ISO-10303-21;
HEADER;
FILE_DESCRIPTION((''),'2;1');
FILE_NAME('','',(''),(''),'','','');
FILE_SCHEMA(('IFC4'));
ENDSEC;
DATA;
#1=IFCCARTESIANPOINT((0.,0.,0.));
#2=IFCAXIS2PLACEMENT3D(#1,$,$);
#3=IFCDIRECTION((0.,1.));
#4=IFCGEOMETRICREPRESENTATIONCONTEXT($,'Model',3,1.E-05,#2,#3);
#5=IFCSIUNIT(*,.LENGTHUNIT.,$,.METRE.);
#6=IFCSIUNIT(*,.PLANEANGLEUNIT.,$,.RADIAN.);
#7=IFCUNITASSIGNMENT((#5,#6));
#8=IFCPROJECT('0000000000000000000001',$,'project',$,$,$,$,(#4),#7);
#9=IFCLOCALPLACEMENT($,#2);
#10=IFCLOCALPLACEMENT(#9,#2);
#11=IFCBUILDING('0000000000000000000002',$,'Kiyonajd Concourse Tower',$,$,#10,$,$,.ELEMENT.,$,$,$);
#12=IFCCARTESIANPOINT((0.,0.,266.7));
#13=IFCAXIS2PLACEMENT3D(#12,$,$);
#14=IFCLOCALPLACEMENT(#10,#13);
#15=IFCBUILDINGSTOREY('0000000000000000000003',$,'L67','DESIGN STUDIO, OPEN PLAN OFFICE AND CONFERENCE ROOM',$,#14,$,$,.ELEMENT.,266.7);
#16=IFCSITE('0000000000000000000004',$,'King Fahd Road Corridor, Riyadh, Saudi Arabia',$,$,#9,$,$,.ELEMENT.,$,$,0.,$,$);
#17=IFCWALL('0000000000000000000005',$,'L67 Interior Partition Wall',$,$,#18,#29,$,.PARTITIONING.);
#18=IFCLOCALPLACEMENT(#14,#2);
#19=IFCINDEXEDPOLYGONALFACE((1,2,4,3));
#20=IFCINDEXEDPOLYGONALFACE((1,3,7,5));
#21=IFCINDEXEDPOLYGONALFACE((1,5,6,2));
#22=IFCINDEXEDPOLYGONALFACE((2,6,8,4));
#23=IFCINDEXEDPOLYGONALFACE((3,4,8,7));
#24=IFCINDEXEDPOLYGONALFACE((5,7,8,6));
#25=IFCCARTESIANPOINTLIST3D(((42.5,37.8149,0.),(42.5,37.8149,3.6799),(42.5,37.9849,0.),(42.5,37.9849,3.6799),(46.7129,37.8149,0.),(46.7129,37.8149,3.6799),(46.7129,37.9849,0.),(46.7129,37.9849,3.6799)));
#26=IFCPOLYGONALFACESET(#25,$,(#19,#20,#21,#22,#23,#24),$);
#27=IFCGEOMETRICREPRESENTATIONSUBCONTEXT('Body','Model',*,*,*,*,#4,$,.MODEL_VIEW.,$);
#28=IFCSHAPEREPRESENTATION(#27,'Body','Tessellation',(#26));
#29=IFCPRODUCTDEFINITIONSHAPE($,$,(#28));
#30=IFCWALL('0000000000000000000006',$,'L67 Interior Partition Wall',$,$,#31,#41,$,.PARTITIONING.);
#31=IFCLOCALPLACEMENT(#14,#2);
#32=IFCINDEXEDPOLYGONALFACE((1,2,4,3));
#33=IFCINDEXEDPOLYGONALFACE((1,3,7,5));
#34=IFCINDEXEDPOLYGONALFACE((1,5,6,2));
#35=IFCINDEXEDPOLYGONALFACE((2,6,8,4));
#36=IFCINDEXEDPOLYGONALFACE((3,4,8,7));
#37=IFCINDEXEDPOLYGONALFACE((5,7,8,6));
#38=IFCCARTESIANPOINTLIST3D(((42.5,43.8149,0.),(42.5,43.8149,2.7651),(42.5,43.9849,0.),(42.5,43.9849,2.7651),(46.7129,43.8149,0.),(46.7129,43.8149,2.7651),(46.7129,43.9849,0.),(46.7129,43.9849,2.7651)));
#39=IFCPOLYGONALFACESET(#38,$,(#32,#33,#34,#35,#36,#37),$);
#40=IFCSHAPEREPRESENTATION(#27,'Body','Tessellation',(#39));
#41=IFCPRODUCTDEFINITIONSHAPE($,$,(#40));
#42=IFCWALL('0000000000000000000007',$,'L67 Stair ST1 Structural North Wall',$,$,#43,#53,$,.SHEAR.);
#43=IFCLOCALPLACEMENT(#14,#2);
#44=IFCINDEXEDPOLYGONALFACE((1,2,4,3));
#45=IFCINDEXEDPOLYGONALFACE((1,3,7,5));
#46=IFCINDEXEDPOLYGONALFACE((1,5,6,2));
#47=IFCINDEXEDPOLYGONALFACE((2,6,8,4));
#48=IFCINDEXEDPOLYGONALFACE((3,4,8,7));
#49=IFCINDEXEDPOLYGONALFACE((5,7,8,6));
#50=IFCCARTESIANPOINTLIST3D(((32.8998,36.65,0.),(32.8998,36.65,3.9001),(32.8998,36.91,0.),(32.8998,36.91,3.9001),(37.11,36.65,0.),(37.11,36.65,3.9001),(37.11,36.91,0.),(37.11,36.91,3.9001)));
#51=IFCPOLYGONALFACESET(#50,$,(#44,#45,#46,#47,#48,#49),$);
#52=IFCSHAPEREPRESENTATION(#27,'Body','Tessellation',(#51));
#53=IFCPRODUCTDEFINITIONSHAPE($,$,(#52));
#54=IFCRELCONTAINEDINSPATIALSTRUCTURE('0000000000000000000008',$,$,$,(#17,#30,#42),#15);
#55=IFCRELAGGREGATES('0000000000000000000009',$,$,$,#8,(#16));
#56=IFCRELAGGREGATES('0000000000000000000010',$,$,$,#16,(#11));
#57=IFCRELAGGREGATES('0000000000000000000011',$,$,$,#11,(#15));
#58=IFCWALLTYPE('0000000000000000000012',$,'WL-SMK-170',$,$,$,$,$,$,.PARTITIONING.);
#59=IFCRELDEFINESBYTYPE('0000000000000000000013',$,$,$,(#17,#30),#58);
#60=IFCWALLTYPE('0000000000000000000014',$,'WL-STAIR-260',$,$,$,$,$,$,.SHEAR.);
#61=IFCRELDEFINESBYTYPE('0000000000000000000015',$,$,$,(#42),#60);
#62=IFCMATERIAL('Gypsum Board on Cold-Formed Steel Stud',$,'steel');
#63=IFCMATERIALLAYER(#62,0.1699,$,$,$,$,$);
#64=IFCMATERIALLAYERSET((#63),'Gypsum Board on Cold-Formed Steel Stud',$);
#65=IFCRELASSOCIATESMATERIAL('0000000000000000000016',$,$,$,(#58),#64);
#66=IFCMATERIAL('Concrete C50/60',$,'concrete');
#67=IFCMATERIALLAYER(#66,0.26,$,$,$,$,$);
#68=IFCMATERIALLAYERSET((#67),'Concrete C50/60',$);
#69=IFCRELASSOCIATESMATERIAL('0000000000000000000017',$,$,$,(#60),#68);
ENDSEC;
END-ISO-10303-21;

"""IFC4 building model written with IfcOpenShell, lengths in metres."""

from ifc_helpers import new_model, si_unit, direction, frame, frame_2d, origin, place, context, subcontext, project, spatial, rectangle, extrude, material, layer, layer_set, type_object, element, save


model = new_model("IFC4")

# Units and contexts
model_context = context("Model", 3, precision=1e-05, world=origin(), true_north=direction((0.0, 1.0)))
body_context = subcontext(model_context, "Body", "Model", "MODEL_VIEW")
ifc_project = project(units=[si_unit("LENGTHUNIT", "METRE"), si_unit("PLANEANGLEUNIT", "RADIAN")], contexts=[model_context])

# Site, building, storey
site_placement = place(None, origin())
site = spatial("IfcSite", under=ifc_project, at=site_placement, Name="King Fahd Road Corridor, Riyadh, Saudi Arabia", CompositionType="ELEMENT", RefElevation=0.0)
building_placement = place(site_placement, origin())
building = spatial("IfcBuilding", under=site, at=building_placement, Name="Kiyonajd Concourse Tower", CompositionType="ELEMENT")
storey_placement = place(building_placement, frame((0.0, 0.0, 266.7)))
storey = spatial("IfcBuildingStorey", under=building, at=storey_placement, Name="L67", Description="DESIGN STUDIO, OPEN PLAN OFFICE AND CONFERENCE ROOM", CompositionType="ELEMENT", Elevation=266.7)

# Shared definitions
ifc_material_1 = material(Name="Gypsum Board on Cold-Formed Steel Stud", Category="steel")

# Shared definitions
ifc_layer_1 = layer(ifc_material_1, 0.1699)
ifc_layer_set_1 = layer_set([ifc_layer_1], Name="Gypsum Board on Cold-Formed Steel Stud")
wall_type_1 = type_object("IfcWallType", Name="WL-SMK-170", PredefinedType="PARTITIONING", material=ifc_layer_set_1)

# Walls
wall_1_placement = place(storey_placement, frame((42.5, 37.8999, 0.0), z_axis=(0.0, 0.0, 1.0), x_axis=(1.0, 0.0, 0.0)))
element("IfcWall", 1, at=wall_1_placement, inside=storey, type_object=wall_type_1, Name="L67 Interior Partition Wall", PredefinedType="PARTITIONING", context=body_context, shape_type="SweptSolid", body=[
    extrude(rectangle(XDim=4.2129, YDim=0.1699, at=frame_2d((2.1064, 0.0))), origin(), (0.0, 0.0, 1.0), 3.6799),
])
wall_2_placement = place(storey_placement, frame((42.5, 43.8999, 0.0), z_axis=(0.0, 0.0, 1.0), x_axis=(1.0, 0.0, 0.0)))
element("IfcWall", 2, at=wall_2_placement, inside=storey, type_object=wall_type_1, Name="L67 Interior Partition Wall", PredefinedType="PARTITIONING", context=body_context, shape_type="SweptSolid", body=[
    extrude(rectangle(XDim=4.2129, YDim=0.1699, at=frame_2d((2.1064, 0.0))), origin(), (0.0, 0.0, 1.0), 2.7651),
])
ifc_material_2 = material(Name="Concrete C50/60", Category="concrete")
ifc_layer_2 = layer(ifc_material_2, 0.26)
ifc_layer_set_2 = layer_set([ifc_layer_2], Name="Concrete C50/60")
wall_type_2 = type_object("IfcWallType", Name="WL-STAIR-260", PredefinedType="SHEAR", material=ifc_layer_set_2)
wall_3_placement = place(storey_placement, frame((32.8999, 36.78, 0.0), z_axis=(0.0, 0.0, 1.0), x_axis=(1.0, 0.0, 0.0)))
element("IfcWall", 3, at=wall_3_placement, inside=storey, type_object=wall_type_2, Name="L67 Stair ST1 Structural North Wall", PredefinedType="SHEAR", context=body_context, shape_type="SweptSolid", body=[
    extrude(rectangle(XDim=4.2102, YDim=0.26, at=frame_2d((2.105, 0.0))), origin(), (0.0, 0.0, 1.0), 3.9001),
])

save(model, "model.ifc")
